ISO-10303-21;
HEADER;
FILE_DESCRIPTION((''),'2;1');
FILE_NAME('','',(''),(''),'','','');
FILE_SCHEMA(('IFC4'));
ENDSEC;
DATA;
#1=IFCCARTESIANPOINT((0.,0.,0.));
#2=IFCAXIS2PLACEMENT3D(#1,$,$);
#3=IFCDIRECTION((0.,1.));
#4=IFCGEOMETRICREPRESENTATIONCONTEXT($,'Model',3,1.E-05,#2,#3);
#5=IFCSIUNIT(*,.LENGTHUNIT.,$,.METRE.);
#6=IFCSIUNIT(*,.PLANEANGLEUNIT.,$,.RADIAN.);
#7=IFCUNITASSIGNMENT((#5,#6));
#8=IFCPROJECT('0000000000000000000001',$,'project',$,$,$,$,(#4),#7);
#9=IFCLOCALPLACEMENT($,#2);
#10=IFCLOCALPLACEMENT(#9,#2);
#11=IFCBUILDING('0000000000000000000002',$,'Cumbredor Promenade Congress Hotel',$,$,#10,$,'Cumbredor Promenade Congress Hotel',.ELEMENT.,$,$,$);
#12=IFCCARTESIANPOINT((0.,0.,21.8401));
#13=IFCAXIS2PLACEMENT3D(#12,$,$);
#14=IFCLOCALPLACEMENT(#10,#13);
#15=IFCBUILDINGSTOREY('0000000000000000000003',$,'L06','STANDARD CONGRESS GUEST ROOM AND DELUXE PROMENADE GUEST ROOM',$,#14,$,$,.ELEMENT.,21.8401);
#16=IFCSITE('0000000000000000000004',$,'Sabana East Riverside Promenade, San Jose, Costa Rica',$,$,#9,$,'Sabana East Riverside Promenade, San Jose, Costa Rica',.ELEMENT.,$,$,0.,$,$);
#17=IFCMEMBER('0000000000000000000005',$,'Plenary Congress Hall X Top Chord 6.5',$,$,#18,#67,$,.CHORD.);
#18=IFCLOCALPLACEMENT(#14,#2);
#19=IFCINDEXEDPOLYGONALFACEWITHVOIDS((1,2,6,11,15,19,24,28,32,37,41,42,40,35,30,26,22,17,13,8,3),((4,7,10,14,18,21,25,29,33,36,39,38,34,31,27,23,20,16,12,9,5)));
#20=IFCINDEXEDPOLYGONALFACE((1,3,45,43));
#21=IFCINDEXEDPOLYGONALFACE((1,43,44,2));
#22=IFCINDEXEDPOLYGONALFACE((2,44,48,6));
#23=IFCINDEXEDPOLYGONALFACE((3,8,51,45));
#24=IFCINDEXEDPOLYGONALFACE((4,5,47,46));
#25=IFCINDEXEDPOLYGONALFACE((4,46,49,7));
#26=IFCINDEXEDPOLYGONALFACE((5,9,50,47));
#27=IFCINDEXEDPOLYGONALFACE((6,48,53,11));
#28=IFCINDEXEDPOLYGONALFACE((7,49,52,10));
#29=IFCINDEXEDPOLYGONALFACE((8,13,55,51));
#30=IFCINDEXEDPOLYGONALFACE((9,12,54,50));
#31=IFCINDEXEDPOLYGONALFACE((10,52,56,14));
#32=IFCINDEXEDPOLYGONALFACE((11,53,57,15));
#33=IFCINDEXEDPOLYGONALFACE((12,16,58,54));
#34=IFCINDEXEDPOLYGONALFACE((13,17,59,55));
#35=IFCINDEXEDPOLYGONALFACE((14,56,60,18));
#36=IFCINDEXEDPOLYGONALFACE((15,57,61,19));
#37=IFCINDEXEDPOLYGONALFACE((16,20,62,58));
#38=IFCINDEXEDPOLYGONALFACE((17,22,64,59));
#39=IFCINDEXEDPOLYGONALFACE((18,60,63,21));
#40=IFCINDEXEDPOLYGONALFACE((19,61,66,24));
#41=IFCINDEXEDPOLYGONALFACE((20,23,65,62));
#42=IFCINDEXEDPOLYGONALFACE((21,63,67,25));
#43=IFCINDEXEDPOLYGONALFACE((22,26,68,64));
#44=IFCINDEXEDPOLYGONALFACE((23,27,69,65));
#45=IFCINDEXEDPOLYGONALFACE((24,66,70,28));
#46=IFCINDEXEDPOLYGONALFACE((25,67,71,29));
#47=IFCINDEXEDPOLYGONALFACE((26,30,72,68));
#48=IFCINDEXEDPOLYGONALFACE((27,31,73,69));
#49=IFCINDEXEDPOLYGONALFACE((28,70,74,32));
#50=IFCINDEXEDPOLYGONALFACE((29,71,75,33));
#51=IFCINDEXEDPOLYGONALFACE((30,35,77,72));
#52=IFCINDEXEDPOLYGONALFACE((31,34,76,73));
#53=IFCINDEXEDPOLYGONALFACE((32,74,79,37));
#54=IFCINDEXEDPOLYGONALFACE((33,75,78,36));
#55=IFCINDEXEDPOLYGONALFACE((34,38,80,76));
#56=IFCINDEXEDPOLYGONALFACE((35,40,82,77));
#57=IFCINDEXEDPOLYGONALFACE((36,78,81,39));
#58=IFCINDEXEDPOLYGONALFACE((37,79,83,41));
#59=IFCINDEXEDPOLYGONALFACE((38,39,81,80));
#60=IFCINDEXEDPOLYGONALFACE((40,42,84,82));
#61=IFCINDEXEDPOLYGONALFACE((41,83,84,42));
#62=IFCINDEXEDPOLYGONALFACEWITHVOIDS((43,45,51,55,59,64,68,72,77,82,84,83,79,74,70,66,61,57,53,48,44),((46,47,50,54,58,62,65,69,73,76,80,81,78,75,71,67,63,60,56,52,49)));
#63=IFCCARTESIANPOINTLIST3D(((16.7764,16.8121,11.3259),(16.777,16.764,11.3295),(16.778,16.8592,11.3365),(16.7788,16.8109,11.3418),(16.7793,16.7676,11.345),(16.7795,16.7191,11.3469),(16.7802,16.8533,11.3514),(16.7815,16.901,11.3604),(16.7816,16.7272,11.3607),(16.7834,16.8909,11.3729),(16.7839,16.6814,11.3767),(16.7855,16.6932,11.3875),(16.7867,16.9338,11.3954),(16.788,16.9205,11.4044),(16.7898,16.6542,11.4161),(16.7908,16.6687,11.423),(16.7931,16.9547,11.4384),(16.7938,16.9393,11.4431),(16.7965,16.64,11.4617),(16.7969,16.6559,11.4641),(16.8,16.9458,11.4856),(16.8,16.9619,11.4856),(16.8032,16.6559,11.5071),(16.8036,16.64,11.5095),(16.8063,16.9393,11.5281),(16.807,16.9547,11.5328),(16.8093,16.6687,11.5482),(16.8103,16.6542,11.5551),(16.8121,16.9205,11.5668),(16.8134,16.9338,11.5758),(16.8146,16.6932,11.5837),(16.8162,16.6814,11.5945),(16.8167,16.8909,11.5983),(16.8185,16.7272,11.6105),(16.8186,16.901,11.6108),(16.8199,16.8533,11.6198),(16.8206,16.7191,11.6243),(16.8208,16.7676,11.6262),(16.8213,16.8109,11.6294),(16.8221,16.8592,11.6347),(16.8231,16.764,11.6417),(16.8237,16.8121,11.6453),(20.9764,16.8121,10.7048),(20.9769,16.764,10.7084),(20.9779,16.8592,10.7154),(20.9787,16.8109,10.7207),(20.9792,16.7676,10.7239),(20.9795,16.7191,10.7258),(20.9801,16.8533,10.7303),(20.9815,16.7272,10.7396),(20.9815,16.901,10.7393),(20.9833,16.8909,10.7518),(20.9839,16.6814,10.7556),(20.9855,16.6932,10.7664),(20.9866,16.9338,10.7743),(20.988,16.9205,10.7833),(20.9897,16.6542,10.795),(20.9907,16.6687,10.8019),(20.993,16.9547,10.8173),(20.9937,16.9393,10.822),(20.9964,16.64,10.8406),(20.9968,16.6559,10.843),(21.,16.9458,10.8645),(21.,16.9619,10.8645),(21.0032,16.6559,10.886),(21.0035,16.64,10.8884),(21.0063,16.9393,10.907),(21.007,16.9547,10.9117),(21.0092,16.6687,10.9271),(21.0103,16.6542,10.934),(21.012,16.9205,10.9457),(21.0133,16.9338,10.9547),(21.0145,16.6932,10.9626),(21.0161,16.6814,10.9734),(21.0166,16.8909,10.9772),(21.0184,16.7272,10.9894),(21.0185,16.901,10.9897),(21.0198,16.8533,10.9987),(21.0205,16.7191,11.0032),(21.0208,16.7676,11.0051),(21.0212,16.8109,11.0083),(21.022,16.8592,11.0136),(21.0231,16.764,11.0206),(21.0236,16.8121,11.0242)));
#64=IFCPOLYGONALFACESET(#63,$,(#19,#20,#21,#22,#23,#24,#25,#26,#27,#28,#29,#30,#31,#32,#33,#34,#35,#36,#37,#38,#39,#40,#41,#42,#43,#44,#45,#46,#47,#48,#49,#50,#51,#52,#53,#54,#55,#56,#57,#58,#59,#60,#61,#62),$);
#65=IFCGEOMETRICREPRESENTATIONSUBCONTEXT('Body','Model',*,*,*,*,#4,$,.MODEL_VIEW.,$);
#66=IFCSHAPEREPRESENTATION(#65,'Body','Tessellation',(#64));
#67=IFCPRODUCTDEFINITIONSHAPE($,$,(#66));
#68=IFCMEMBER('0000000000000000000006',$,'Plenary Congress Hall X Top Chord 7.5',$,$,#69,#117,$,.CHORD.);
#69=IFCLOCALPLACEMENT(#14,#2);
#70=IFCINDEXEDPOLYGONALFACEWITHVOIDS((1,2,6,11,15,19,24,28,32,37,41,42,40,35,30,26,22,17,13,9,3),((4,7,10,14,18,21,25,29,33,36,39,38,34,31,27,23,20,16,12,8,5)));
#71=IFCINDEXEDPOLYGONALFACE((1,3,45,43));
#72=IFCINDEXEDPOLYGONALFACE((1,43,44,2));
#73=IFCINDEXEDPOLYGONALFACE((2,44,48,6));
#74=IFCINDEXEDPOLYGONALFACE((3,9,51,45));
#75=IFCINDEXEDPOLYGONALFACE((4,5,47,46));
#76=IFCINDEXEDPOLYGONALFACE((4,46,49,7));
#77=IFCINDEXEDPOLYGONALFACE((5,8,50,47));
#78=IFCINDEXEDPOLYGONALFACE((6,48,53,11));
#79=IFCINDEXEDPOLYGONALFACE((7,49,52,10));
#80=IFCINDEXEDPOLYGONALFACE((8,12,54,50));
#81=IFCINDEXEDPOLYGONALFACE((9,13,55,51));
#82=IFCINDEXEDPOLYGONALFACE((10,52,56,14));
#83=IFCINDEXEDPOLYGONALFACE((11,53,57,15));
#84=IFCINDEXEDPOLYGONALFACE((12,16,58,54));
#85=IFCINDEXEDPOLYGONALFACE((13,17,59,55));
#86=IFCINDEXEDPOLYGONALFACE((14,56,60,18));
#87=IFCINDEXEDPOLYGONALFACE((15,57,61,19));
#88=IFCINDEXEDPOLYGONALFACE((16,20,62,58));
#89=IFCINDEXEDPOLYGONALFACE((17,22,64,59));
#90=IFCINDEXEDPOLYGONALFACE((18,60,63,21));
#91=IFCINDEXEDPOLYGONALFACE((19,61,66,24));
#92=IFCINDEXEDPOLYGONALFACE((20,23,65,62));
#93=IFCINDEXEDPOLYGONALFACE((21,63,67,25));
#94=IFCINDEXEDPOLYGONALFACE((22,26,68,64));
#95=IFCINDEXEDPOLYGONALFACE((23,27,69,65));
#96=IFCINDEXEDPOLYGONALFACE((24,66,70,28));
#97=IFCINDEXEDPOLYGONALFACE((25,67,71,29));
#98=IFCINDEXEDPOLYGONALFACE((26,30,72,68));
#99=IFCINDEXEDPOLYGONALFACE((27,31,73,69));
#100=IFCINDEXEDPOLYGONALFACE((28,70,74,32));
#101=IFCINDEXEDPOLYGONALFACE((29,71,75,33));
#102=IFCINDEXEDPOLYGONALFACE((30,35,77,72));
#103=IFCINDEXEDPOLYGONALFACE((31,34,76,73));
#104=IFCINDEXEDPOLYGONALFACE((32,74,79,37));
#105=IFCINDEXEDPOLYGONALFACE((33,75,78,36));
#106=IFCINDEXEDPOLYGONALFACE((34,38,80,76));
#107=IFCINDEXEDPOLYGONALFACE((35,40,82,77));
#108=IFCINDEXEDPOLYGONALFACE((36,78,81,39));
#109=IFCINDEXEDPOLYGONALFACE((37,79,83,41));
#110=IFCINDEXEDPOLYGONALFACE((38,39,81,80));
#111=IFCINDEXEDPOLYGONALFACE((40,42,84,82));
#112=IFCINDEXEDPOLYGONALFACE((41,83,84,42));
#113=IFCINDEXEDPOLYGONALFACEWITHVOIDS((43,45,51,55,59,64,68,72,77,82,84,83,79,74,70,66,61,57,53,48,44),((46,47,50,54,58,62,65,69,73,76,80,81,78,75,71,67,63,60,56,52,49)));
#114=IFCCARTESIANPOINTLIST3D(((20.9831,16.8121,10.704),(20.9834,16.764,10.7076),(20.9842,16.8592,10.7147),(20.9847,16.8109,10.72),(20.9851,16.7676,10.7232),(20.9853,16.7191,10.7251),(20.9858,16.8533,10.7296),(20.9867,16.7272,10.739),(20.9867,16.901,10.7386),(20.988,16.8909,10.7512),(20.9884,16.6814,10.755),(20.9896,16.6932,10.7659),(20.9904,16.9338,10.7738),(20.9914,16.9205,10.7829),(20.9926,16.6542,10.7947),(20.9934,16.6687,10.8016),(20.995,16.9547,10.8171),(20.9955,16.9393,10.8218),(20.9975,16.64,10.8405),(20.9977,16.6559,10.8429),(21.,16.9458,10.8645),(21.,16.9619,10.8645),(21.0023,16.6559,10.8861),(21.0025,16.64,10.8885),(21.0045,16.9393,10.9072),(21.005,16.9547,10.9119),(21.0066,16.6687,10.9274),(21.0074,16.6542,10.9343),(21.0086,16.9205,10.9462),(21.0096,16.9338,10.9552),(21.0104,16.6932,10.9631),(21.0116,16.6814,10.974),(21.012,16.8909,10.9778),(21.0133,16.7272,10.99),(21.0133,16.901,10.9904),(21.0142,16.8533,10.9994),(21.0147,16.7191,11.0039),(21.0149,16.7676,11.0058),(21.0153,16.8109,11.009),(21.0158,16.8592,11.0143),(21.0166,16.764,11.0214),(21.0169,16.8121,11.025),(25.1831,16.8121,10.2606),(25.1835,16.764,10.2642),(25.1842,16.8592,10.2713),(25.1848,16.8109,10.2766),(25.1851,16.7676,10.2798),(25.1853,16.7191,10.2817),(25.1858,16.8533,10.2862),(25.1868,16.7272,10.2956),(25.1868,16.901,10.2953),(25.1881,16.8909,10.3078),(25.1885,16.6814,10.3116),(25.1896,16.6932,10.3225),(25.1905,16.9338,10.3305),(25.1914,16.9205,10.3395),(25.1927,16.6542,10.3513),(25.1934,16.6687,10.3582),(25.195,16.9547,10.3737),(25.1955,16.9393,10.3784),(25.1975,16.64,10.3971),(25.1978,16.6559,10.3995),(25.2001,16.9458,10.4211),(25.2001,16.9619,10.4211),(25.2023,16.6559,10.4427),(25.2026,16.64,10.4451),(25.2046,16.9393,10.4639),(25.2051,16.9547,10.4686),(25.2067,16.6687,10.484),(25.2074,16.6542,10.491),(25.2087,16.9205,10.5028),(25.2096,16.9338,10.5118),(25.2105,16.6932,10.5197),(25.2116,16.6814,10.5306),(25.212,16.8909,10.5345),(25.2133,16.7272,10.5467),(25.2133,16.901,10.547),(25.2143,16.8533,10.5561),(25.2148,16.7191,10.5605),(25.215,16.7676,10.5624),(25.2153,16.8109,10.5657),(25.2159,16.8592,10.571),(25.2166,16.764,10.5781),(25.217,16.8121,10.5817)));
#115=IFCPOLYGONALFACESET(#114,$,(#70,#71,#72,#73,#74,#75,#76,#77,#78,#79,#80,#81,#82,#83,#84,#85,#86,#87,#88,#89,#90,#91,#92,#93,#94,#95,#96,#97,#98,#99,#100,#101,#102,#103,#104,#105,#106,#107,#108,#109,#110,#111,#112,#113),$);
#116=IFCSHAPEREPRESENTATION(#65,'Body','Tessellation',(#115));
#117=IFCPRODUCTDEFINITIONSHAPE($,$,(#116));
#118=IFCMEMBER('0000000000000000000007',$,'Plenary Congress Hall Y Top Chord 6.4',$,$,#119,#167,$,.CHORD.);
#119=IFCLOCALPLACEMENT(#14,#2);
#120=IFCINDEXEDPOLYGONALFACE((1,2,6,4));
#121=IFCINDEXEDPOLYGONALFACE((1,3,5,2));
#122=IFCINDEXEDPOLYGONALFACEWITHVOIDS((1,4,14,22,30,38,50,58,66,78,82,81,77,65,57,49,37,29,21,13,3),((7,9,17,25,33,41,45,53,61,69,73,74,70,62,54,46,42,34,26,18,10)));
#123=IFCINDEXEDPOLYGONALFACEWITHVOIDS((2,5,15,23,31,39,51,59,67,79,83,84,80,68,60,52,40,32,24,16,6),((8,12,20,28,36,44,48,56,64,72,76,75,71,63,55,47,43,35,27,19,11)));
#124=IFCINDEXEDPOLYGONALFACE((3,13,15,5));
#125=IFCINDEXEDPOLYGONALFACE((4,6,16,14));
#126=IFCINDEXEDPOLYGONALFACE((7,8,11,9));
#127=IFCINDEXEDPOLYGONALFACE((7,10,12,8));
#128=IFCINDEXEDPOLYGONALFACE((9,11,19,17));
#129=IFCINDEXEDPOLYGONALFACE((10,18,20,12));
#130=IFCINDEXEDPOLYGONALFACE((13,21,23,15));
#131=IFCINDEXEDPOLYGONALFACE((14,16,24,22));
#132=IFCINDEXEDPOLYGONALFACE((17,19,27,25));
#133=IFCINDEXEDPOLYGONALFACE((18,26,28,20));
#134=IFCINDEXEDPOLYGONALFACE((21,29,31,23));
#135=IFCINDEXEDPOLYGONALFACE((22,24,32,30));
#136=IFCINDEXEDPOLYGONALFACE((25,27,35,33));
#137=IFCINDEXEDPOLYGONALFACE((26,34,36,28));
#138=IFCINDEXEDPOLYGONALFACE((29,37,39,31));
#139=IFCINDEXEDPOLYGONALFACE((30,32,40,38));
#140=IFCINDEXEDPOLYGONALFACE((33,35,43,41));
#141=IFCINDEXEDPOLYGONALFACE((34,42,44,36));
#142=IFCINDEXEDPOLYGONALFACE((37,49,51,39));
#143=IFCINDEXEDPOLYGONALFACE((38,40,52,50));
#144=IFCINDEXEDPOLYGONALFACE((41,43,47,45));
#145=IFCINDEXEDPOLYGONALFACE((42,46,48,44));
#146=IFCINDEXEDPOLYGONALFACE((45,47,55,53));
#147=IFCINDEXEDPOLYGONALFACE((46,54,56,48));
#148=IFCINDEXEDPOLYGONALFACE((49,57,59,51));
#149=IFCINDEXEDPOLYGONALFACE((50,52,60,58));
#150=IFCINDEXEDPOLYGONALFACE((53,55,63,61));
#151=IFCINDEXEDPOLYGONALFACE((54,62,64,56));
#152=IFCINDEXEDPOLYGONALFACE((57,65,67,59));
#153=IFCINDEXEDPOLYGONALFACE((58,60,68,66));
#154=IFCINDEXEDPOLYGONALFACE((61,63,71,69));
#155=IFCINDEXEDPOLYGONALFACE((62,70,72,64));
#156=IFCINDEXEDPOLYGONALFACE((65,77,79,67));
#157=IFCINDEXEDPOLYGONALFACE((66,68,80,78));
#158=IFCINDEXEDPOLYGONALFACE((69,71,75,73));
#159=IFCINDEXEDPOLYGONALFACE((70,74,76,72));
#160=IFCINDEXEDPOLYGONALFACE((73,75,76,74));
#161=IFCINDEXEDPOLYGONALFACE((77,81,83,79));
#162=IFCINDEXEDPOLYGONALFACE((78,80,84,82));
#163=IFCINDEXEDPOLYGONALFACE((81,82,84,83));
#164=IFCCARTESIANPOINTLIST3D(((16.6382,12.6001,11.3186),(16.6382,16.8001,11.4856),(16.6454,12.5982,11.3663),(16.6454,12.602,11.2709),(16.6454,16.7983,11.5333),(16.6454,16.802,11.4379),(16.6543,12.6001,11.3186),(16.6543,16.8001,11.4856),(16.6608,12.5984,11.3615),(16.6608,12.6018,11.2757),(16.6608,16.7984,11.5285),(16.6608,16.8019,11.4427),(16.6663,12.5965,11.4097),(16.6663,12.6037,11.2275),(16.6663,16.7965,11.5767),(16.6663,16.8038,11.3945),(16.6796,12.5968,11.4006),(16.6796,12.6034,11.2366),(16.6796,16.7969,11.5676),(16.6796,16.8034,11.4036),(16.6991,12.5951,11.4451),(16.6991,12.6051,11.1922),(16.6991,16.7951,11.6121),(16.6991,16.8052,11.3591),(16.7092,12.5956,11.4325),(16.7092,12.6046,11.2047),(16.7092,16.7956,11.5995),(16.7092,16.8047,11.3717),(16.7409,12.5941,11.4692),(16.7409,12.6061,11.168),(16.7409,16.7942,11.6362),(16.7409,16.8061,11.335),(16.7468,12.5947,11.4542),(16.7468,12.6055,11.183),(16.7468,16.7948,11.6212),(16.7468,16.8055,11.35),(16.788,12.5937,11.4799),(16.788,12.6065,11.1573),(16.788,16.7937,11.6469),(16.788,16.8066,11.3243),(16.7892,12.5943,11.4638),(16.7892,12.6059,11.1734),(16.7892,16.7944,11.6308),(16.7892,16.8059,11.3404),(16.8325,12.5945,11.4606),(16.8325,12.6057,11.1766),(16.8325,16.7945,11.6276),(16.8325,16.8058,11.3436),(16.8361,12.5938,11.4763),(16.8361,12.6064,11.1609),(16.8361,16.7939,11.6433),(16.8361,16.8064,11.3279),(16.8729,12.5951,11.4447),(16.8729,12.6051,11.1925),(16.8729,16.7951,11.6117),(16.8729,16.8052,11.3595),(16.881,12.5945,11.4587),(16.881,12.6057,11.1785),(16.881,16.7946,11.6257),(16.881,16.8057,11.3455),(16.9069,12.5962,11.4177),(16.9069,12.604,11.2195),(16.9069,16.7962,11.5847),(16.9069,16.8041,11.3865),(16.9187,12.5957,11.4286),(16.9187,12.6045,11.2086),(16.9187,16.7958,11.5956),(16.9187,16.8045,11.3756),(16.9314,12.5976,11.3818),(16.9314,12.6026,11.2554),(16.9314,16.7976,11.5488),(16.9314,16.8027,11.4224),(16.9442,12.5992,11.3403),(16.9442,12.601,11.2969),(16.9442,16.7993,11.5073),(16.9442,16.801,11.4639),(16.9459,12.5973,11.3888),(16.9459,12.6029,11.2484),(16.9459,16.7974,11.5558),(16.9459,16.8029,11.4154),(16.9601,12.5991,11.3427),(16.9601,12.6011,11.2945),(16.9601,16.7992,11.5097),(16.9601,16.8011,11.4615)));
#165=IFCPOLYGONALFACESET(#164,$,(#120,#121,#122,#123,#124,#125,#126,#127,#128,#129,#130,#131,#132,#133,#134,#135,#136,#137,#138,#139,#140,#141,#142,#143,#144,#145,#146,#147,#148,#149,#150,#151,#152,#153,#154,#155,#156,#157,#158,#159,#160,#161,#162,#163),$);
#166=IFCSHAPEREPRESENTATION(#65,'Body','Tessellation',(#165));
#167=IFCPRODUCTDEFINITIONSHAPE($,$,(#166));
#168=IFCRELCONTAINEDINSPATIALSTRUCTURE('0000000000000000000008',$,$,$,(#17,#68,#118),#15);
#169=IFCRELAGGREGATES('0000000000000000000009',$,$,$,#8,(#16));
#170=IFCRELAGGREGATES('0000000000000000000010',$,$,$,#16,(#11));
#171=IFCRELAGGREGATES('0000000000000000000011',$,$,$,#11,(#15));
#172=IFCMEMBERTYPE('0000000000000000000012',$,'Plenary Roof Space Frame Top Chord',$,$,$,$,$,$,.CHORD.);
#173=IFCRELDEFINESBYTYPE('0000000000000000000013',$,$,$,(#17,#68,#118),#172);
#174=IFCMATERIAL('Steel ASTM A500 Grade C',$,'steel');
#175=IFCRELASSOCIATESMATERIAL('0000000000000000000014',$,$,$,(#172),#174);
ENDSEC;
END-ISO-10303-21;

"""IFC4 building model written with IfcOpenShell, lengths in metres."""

from ifc_helpers import new_model, si_unit, direction, frame, origin, origin_2d, place, context, subcontext, project, spatial, hollow_circle, extrude, material, material_profile, profile_set, type_object, element, save


model = new_model("IFC4")

# Units and contexts
model_context = context("Model", 3, precision=1e-05, world=origin(), true_north=direction((0.0, 1.0)))
body_context = subcontext(model_context, "Body", "Model", "MODEL_VIEW")
ifc_project = project(units=[si_unit("LENGTHUNIT", "METRE"), si_unit("PLANEANGLEUNIT", "RADIAN")], contexts=[model_context])

# Site, building, storey
site_placement = place(None, origin())
site = spatial("IfcSite", under=ifc_project, at=site_placement, Name="Sabana East Riverside Promenade, San Jose, Costa Rica", LongName="Sabana East Riverside Promenade, San Jose, Costa Rica", CompositionType="ELEMENT", RefElevation=0.0)
building_placement = place(site_placement, origin())
building = spatial("IfcBuilding", under=site, at=building_placement, Name="Cumbredor Promenade Congress Hotel", LongName="Cumbredor Promenade Congress Hotel", CompositionType="ELEMENT")
storey_placement = place(building_placement, frame((0.0, 0.0, 21.8401)))
storey = spatial("IfcBuildingStorey", under=building, at=storey_placement, Name="L06", Description="STANDARD CONGRESS GUEST ROOM AND DELUXE PROMENADE GUEST ROOM", CompositionType="ELEMENT", Elevation=21.8401)

# Members
ifc_material_1 = material(Name="Steel ASTM A500 Grade C", Category="steel")
ifc_material_profile_1 = material_profile(ifc_material_1, hollow_circle(Radius=0.1619, WallThickness=0.0161, at=origin_2d()), Name="CHS 323.9x16")
ifc_profile_set_1 = profile_set([ifc_material_profile_1], Name="Steel ASTM A500 Grade C")
member_type_1 = type_object("IfcMemberType", Name="Plenary Roof Space Frame Top Chord", PredefinedType="CHORD", material=ifc_profile_set_1)
member_1_placement = place(storey_placement, frame((16.8, 16.8, 11.4856), z_axis=(0.989242, 0.0, -0.14629), x_axis=(0.0, 1.0, 0.0)))
element("IfcMember", 1, at=member_1_placement, inside=storey, type_object=member_type_1, Name="Plenary Congress Hall X Top Chord 6.5", PredefinedType="CHORD", context=body_context, shape_type="SweptSolid", body=[
    extrude(hollow_circle(Radius=0.1619, WallThickness=0.0161, at=origin_2d()), origin(), (0.0, 0.0, 1.0), 4.2456),
])
member_2_placement = place(storey_placement, frame((21.0, 16.8, 10.8645), z_axis=(0.994474, 0.0, -0.10498), x_axis=(0.0, 1.0, 0.0)))
element("IfcMember", 2, at=member_2_placement, inside=storey, type_object=member_type_1, Name="Plenary Congress Hall X Top Chord 7.5", PredefinedType="CHORD", context=body_context, shape_type="SweptSolid", body=[
    extrude(hollow_circle(Radius=0.1619, WallThickness=0.0161, at=origin_2d()), origin(), (0.0, 0.0, 1.0), 4.2234),
])
member_3_placement = place(storey_placement, frame((16.8, 12.6001, 11.3186), z_axis=(0.0, 0.99921, 0.039729), x_axis=(-1.0, 0.0, 0.0)))
element("IfcMember", 3, at=member_3_placement, inside=storey, type_object=member_type_1, Name="Plenary Congress Hall Y Top Chord 6.4", PredefinedType="CHORD", context=body_context, shape_type="SweptSolid", body=[
    extrude(hollow_circle(Radius=0.1619, WallThickness=0.0161, at=origin_2d()), origin(), (0.0, 0.0, 1.0), 4.2034),
])

save(model, "model.ifc")
